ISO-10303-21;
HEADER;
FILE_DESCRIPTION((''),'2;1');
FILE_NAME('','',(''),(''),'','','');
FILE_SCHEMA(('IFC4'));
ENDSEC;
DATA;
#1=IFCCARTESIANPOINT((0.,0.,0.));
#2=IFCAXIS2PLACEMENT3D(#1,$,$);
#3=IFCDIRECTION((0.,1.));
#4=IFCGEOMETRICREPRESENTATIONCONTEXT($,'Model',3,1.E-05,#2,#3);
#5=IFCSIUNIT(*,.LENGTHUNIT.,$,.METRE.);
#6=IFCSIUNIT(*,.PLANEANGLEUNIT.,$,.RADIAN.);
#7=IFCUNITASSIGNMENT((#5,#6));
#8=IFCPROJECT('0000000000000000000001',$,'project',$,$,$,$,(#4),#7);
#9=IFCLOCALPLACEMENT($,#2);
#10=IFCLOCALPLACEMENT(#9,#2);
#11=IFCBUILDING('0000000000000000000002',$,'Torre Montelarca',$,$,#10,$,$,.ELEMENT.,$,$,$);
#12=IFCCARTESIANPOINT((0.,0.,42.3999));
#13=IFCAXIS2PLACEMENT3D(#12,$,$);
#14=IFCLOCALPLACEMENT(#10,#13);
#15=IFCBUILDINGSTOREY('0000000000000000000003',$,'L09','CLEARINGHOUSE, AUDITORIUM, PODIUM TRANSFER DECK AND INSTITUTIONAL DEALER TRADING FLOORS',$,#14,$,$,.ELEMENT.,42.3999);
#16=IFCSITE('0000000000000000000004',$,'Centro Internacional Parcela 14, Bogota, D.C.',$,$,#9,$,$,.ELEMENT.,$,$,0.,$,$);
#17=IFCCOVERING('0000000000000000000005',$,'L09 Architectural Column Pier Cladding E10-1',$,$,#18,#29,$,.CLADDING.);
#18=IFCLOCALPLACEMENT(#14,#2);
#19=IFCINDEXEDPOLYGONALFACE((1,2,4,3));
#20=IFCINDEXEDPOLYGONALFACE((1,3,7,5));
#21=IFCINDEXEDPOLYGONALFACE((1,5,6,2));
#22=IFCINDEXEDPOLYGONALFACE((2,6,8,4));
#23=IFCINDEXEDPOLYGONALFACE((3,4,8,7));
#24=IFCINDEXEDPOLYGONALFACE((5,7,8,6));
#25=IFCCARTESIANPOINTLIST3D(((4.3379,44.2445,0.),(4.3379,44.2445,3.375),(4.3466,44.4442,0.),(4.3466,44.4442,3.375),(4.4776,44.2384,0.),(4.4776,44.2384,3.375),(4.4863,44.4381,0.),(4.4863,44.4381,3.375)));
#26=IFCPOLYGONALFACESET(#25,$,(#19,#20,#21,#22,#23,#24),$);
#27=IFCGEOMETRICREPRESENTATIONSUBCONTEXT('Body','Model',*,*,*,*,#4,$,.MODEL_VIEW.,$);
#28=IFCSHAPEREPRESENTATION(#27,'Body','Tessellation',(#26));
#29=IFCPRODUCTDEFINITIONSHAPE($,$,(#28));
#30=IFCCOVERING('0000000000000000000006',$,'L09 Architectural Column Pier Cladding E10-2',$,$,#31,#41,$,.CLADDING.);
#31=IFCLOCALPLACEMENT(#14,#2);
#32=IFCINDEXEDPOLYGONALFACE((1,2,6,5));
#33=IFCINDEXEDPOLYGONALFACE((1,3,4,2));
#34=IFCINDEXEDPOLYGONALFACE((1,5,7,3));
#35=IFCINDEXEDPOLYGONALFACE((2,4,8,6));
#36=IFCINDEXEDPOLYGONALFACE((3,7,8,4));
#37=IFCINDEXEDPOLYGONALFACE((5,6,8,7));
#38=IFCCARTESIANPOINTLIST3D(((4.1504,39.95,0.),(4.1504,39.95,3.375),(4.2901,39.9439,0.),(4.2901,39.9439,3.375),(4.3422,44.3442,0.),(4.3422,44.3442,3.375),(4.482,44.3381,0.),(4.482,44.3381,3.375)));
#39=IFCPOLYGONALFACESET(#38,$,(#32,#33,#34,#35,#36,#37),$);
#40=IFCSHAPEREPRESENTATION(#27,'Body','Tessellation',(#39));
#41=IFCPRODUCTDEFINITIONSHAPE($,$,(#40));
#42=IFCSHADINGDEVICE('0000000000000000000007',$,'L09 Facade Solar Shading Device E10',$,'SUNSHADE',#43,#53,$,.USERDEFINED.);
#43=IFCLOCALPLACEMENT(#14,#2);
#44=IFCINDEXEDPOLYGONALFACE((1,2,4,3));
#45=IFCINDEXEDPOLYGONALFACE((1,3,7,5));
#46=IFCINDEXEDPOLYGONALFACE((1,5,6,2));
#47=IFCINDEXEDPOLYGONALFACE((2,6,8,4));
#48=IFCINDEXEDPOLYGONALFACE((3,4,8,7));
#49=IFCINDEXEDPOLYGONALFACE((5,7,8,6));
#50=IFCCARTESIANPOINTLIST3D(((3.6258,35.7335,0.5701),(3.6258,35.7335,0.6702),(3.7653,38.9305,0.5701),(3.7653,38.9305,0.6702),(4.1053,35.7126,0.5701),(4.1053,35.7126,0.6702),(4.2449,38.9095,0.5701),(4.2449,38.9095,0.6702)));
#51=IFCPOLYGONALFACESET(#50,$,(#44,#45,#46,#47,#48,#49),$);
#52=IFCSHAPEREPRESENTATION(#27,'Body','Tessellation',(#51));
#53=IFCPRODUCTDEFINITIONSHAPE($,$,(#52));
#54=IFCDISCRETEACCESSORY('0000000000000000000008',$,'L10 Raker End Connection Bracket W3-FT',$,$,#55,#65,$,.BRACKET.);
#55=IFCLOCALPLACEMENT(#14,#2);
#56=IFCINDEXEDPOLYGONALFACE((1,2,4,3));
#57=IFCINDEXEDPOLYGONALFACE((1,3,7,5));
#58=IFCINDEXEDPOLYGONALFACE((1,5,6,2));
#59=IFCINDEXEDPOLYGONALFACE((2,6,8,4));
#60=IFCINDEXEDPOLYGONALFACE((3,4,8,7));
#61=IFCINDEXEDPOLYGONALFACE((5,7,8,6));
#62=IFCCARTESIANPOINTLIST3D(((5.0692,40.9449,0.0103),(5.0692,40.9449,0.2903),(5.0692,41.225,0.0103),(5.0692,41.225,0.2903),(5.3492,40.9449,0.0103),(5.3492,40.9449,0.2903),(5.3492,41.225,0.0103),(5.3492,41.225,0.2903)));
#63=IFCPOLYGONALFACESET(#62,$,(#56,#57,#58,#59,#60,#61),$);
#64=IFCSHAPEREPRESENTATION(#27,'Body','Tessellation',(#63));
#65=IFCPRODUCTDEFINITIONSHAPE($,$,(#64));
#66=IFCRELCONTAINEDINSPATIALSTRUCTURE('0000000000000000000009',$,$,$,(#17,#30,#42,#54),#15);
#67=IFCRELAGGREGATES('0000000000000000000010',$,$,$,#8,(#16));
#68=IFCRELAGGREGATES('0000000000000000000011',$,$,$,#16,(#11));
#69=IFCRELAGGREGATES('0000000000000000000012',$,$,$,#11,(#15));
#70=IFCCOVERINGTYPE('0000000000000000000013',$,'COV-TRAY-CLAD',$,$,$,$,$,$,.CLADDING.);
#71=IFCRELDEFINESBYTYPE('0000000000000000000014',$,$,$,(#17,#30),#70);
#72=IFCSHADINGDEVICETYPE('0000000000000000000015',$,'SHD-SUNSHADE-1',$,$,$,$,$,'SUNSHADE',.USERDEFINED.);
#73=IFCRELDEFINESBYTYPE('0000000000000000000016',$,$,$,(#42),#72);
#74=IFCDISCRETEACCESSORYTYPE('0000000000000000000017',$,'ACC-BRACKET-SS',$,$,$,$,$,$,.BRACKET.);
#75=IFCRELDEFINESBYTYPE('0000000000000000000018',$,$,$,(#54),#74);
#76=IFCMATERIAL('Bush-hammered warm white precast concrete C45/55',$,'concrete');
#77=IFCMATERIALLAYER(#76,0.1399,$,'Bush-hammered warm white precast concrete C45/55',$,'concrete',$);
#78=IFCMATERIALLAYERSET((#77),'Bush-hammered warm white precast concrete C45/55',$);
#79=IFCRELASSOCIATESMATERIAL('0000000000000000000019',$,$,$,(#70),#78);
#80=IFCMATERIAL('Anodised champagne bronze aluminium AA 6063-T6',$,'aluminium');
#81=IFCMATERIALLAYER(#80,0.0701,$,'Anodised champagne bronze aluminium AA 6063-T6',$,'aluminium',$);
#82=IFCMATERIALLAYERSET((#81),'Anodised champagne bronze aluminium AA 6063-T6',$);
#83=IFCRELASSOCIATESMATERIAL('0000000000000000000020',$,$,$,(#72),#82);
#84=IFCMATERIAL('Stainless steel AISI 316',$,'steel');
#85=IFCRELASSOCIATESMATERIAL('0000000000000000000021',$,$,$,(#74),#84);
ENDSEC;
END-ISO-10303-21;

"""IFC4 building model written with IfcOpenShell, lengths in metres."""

from ifc_helpers import new_model, si_unit, direction, frame, origin, origin_2d, place, context, subcontext, project, spatial, rectangle, extrude, source, transform, mapped, material, layer, layer_set, type_object, element, save


model = new_model("IFC4")

# Units and contexts
model_context = context("Model", 3, precision=1e-05, world=origin(), true_north=direction((0.0, 1.0)))
body_context = subcontext(model_context, "Body", "Model", "MODEL_VIEW")
ifc_project = project(units=[si_unit("LENGTHUNIT", "METRE"), si_unit("PLANEANGLEUNIT", "RADIAN")], contexts=[model_context])

# Site, building, storey
site_placement = place(None, origin())
site = spatial("IfcSite", under=ifc_project, at=site_placement, Name="Centro Internacional Parcela 14, Bogota, D.C.", CompositionType="ELEMENT", RefElevation=0.0)
building_placement = place(site_placement, origin())
building = spatial("IfcBuilding", under=site, at=building_placement, Name="Torre Montelarca", CompositionType="ELEMENT")
storey_placement = place(building_placement, frame((0.0, 0.0, 42.3999)))
storey = spatial("IfcBuildingStorey", under=building, at=storey_placement, Name="L09", Description="CLEARINGHOUSE, AUDITORIUM, PODIUM TRANSFER DECK AND INSTITUTIONAL DEALER TRADING FLOORS", CompositionType="ELEMENT", Elevation=42.3999)

# Coverings
ifc_material_1 = material(Name="Bush-hammered warm white precast concrete C45/55", Category="concrete")
ifc_layer_1 = layer(ifc_material_1, 0.1399, Name="Bush-hammered warm white precast concrete C45/55", Category="concrete")
ifc_layer_set_1 = layer_set([ifc_layer_1], Name="Bush-hammered warm white precast concrete C45/55")
covering_type = type_object("IfcCoveringType", Name="COV-TRAY-CLAD", PredefinedType="CLADDING", material=ifc_layer_set_1)
shared_shape_1 = source(origin(), body_context, "Body", "SweptSolid", [
    extrude(rectangle(XDim=0.2, YDim=0.1399, at=origin_2d()), origin(), (0.0, 0.0, 1.0), 3.375),
])
covering_1_placement = place(storey_placement, frame((4.4121, 44.3413, 0.0), z_axis=(0.0, 0.0, 1.0), x_axis=(-0.043619, -0.999048, 0.0)))
element("IfcCovering", 1, at=covering_1_placement, inside=storey, type_object=covering_type, Name="L09 Architectural Column Pier Cladding E10-1", PredefinedType="CLADDING", context=body_context, shape_type="MappedRepresentation", body=[
    mapped(shared_shape_1, transform((0.0, 0.0, 0.0), scale=1.0)),
])
shared_shape_2 = source(origin(), body_context, "Body", "SweptSolid", [
    extrude(rectangle(XDim=4.3984, YDim=0.1399, at=origin_2d()), origin(), (0.0, 0.0, 1.0), 3.375),
])
covering_2_placement = place(storey_placement, frame((4.3162, 42.144, 0.0), z_axis=(0.0, 0.0, 1.0), x_axis=(-0.043619, -0.999048, 0.0)))
element("IfcCovering", 2, at=covering_2_placement, inside=storey, type_object=covering_type, Name="L09 Architectural Column Pier Cladding E10-2", PredefinedType="CLADDING", context=body_context, shape_type="MappedRepresentation", body=[
    mapped(shared_shape_2, transform((0.0, 0.0, 0.0), scale=1.0)),
])

# Shading device
ifc_material_2 = material(Name="Anodised champagne bronze aluminium AA 6063-T6", Category="aluminium")
ifc_layer_2 = layer(ifc_material_2, 0.0701, Name="Anodised champagne bronze aluminium AA 6063-T6", Category="aluminium")
ifc_layer_set_2 = layer_set([ifc_layer_2], Name="Anodised champagne bronze aluminium AA 6063-T6")
shading_device_type = type_object("IfcShadingDeviceType", Name="SHD-SUNSHADE-1", ElementType="SUNSHADE", PredefinedType="USERDEFINED", material=ifc_layer_set_2)
shared_shape_3 = source(origin(), body_context, "Body", "SweptSolid", [
    extrude(rectangle(XDim=3.2, YDim=0.48, at=origin_2d()), origin(), (0.0, 0.0, 1.0), 0.1001),
])
shading_device_placement = place(storey_placement, frame((3.9353, 37.3215, 0.5701), z_axis=(0.0, 0.0, 1.0), x_axis=(-0.043618, -0.999048, 0.0)))
element("IfcShadingDevice", 3, at=shading_device_placement, inside=storey, type_object=shading_device_type, Name="L09 Facade Solar Shading Device E10", ObjectType="SUNSHADE", PredefinedType="USERDEFINED", context=body_context, shape_type="MappedRepresentation", body=[
    mapped(shared_shape_3, transform((0.0, 0.0, 0.0), scale=1.0)),
])

# Discrete accessory
ifc_material_3 = material(Name="Stainless steel AISI 316", Category="steel")
discrete_accessory_type = type_object("IfcDiscreteAccessoryType", Name="ACC-BRACKET-SS", PredefinedType="BRACKET", material=ifc_material_3)
shared_shape_4 = source(origin(), body_context, "Body", "SweptSolid", [
    extrude(rectangle(XDim=0.28, YDim=0.28, at=origin_2d()), origin(), (0.0, 0.0, 1.0), 0.28),
])
discrete_accessory_placement = place(storey_placement, frame((5.2092, 41.085, 0.0103), z_axis=(0.0, 0.0, 1.0), x_axis=(1.0, 0.0, 0.0)))
element("IfcDiscreteAccessory", 4, at=discrete_accessory_placement, inside=storey, type_object=discrete_accessory_type, Name="L10 Raker End Connection Bracket W3-FT", PredefinedType="BRACKET", context=body_context, shape_type="MappedRepresentation", body=[
    mapped(shared_shape_4, transform((0.0, 0.0, 0.0), scale=1.0)),
])

save(model, "model.ifc")
